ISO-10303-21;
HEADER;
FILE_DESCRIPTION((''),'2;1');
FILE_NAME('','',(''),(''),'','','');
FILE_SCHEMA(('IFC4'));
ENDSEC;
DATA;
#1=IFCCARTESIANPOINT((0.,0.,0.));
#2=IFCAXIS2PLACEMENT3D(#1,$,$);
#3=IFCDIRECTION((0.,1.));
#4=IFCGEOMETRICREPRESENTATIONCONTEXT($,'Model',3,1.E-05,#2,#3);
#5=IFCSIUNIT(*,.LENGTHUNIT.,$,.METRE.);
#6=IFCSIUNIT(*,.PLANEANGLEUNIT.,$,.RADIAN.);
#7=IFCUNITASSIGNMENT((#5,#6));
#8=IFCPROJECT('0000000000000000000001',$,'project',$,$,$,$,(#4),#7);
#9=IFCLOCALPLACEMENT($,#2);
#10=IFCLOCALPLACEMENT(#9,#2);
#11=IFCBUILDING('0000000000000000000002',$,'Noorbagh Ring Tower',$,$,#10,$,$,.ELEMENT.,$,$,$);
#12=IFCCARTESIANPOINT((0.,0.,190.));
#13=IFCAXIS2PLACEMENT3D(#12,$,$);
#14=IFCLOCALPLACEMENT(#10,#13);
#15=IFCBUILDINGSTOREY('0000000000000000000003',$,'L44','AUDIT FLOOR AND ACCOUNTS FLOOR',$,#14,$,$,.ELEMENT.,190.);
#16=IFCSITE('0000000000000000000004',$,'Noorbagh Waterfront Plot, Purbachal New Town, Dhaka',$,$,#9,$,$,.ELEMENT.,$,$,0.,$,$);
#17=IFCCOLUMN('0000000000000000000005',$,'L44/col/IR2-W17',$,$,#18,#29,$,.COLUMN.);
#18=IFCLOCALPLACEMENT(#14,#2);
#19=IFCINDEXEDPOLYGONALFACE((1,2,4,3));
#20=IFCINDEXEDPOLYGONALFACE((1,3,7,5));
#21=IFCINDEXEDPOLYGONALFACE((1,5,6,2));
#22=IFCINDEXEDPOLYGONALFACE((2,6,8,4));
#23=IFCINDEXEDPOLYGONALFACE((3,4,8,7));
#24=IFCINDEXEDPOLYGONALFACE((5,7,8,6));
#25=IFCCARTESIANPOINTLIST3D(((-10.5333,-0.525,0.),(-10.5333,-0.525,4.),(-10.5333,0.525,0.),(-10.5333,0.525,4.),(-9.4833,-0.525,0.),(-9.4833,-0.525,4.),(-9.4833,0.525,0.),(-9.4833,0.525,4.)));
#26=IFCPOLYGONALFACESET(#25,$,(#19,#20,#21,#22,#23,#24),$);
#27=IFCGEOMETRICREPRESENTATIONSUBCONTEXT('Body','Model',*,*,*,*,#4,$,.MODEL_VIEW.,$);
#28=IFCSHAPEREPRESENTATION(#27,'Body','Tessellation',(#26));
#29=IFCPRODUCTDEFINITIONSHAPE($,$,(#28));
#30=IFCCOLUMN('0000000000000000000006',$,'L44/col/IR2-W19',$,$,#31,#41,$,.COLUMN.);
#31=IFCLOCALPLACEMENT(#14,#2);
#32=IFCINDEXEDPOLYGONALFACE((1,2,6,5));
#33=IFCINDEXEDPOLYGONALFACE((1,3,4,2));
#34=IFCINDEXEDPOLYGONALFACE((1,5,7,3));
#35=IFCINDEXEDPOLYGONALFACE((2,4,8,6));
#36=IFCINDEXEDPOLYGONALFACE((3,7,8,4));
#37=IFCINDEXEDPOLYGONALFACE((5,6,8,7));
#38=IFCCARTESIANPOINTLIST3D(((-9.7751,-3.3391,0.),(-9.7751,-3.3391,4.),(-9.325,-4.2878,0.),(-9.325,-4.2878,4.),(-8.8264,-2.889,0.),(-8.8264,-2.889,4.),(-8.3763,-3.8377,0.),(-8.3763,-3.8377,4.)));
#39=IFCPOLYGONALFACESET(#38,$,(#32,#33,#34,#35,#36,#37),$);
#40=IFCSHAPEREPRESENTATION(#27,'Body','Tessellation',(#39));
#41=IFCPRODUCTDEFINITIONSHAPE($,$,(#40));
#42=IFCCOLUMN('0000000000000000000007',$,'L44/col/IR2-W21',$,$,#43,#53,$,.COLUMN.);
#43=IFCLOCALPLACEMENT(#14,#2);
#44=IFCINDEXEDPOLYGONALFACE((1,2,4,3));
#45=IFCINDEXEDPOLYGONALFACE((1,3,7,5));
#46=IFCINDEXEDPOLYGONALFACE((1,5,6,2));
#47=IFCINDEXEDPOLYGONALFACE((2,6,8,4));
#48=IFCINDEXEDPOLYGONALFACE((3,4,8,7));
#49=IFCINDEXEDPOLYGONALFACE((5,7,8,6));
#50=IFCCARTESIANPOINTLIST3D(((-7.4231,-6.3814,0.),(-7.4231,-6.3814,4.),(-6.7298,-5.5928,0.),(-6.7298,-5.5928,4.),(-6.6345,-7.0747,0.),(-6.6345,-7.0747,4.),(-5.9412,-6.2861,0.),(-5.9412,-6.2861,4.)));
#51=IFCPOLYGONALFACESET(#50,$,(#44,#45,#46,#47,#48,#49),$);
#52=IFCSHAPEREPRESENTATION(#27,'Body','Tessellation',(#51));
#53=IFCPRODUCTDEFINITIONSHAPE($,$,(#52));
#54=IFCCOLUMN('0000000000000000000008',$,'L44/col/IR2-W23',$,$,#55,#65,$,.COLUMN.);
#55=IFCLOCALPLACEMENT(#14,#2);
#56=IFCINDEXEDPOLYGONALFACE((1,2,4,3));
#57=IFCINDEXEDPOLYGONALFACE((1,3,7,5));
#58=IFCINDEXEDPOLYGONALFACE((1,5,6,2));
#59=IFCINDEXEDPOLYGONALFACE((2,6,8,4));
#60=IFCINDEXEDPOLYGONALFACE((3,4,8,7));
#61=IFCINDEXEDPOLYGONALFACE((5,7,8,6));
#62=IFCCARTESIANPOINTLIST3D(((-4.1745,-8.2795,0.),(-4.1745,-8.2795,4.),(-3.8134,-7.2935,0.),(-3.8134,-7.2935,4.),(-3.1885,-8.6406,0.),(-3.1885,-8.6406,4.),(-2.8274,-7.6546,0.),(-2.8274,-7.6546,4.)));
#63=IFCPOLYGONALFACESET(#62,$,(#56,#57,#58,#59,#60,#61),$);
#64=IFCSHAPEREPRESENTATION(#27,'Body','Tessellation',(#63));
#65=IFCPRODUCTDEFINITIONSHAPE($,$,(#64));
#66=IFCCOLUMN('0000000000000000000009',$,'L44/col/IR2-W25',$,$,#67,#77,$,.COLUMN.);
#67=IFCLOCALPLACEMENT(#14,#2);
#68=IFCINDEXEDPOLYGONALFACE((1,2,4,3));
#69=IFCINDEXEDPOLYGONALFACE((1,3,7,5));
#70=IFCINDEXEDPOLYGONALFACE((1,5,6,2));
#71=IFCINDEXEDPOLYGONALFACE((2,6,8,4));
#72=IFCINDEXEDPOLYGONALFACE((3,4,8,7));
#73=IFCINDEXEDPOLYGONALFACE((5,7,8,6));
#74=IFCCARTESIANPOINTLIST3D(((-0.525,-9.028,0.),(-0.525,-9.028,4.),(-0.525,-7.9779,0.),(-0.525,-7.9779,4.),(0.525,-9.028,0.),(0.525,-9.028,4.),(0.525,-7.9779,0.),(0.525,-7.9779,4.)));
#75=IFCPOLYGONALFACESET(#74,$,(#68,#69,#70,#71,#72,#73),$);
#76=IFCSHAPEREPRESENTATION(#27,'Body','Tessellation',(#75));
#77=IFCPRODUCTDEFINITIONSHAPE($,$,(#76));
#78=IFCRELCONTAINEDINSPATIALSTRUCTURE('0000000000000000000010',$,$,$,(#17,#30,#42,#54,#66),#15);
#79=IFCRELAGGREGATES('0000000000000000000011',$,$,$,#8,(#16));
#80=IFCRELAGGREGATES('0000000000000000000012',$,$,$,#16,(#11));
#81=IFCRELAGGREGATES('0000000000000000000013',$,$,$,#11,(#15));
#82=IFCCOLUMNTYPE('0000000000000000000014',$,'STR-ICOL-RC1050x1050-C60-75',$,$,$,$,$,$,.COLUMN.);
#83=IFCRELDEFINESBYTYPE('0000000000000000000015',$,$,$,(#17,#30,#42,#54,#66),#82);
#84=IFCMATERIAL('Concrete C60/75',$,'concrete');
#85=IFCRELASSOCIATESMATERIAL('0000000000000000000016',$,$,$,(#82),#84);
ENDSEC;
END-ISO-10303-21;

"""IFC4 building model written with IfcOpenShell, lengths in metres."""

from ifc_helpers import new_model, si_unit, direction, frame, origin, origin_2d, place, context, subcontext, project, spatial, rectangle, extrude, material, material_profile, profile_set, type_object, element, save


model = new_model("IFC4")

# Units and contexts
model_context = context("Model", 3, precision=1e-05, world=origin(), true_north=direction((0.0, 1.0)))
body_context = subcontext(model_context, "Body", "Model", "MODEL_VIEW")
ifc_project = project(units=[si_unit("LENGTHUNIT", "METRE"), si_unit("PLANEANGLEUNIT", "RADIAN")], contexts=[model_context])

# Site, building, storey
site_placement = place(None, origin())
site = spatial("IfcSite", under=ifc_project, at=site_placement, Name="Noorbagh Waterfront Plot, Purbachal New Town, Dhaka", CompositionType="ELEMENT", RefElevation=0.0)
building_placement = place(site_placement, origin())
building = spatial("IfcBuilding", under=site, at=building_placement, Name="Noorbagh Ring Tower", CompositionType="ELEMENT")
storey_placement = place(building_placement, frame((0.0, 0.0, 190.0)))
storey = spatial("IfcBuildingStorey", under=building, at=storey_placement, Name="L44", Description="AUDIT FLOOR AND ACCOUNTS FLOOR", CompositionType="ELEMENT", Elevation=190.0)

# Columns
ifc_material_1 = material(Name="Concrete C60/75", Category="concrete")
ifc_material_profile_1 = material_profile(ifc_material_1, rectangle(XDim=1.05, YDim=1.05, at=origin_2d()), Name="RC1050x1050")
ifc_profile_set_1 = profile_set([ifc_material_profile_1], Name="Concrete C60/75")
column_type = type_object("IfcColumnType", Name="STR-ICOL-RC1050x1050-C60-75", PredefinedType="COLUMN", material=ifc_profile_set_1)
for number, where, z_axis, x_axis, name in (
    (1, (-10.0083, 0.0, 0.0), (0.0, 0.0, 1.0), (0.0, -1.0, 0.0), "L44/col/IR2-W17"),
    (2, (-9.0757, -3.5884, 0.0), (0.0, 0.0, 1.0), (0.428667, -0.903463, 0.0), "L44/col/IR2-W19"),
    (3, (-6.6821, -6.3337, 0.0), (0.0, 0.0, 1.0), (0.751022, -0.660277, 0.0), "L44/col/IR2-W21"),
    (4, (-3.501, -7.967, 0.0), (0.0, 0.0, 1.0), (0.93902, -0.343864, 0.0), "L44/col/IR2-W23"),
    (5, (0.0, -8.5029, 0.0), (0.0, 0.0, 1.0), (1.0, 0.0, 0.0), "L44/col/IR2-W25"),
):
    element("IfcColumn", number, at=place(storey_placement, frame(where, z_axis=z_axis, x_axis=x_axis)), inside=storey, type_object=column_type, Name=name, PredefinedType="COLUMN", context=body_context, shape_type="SweptSolid", body=[
        extrude(rectangle(XDim=1.05, YDim=1.05, at=origin_2d()), origin(), (0.0, 0.0, 1.0), 4.0),
    ])

save(model, "model.ifc")
